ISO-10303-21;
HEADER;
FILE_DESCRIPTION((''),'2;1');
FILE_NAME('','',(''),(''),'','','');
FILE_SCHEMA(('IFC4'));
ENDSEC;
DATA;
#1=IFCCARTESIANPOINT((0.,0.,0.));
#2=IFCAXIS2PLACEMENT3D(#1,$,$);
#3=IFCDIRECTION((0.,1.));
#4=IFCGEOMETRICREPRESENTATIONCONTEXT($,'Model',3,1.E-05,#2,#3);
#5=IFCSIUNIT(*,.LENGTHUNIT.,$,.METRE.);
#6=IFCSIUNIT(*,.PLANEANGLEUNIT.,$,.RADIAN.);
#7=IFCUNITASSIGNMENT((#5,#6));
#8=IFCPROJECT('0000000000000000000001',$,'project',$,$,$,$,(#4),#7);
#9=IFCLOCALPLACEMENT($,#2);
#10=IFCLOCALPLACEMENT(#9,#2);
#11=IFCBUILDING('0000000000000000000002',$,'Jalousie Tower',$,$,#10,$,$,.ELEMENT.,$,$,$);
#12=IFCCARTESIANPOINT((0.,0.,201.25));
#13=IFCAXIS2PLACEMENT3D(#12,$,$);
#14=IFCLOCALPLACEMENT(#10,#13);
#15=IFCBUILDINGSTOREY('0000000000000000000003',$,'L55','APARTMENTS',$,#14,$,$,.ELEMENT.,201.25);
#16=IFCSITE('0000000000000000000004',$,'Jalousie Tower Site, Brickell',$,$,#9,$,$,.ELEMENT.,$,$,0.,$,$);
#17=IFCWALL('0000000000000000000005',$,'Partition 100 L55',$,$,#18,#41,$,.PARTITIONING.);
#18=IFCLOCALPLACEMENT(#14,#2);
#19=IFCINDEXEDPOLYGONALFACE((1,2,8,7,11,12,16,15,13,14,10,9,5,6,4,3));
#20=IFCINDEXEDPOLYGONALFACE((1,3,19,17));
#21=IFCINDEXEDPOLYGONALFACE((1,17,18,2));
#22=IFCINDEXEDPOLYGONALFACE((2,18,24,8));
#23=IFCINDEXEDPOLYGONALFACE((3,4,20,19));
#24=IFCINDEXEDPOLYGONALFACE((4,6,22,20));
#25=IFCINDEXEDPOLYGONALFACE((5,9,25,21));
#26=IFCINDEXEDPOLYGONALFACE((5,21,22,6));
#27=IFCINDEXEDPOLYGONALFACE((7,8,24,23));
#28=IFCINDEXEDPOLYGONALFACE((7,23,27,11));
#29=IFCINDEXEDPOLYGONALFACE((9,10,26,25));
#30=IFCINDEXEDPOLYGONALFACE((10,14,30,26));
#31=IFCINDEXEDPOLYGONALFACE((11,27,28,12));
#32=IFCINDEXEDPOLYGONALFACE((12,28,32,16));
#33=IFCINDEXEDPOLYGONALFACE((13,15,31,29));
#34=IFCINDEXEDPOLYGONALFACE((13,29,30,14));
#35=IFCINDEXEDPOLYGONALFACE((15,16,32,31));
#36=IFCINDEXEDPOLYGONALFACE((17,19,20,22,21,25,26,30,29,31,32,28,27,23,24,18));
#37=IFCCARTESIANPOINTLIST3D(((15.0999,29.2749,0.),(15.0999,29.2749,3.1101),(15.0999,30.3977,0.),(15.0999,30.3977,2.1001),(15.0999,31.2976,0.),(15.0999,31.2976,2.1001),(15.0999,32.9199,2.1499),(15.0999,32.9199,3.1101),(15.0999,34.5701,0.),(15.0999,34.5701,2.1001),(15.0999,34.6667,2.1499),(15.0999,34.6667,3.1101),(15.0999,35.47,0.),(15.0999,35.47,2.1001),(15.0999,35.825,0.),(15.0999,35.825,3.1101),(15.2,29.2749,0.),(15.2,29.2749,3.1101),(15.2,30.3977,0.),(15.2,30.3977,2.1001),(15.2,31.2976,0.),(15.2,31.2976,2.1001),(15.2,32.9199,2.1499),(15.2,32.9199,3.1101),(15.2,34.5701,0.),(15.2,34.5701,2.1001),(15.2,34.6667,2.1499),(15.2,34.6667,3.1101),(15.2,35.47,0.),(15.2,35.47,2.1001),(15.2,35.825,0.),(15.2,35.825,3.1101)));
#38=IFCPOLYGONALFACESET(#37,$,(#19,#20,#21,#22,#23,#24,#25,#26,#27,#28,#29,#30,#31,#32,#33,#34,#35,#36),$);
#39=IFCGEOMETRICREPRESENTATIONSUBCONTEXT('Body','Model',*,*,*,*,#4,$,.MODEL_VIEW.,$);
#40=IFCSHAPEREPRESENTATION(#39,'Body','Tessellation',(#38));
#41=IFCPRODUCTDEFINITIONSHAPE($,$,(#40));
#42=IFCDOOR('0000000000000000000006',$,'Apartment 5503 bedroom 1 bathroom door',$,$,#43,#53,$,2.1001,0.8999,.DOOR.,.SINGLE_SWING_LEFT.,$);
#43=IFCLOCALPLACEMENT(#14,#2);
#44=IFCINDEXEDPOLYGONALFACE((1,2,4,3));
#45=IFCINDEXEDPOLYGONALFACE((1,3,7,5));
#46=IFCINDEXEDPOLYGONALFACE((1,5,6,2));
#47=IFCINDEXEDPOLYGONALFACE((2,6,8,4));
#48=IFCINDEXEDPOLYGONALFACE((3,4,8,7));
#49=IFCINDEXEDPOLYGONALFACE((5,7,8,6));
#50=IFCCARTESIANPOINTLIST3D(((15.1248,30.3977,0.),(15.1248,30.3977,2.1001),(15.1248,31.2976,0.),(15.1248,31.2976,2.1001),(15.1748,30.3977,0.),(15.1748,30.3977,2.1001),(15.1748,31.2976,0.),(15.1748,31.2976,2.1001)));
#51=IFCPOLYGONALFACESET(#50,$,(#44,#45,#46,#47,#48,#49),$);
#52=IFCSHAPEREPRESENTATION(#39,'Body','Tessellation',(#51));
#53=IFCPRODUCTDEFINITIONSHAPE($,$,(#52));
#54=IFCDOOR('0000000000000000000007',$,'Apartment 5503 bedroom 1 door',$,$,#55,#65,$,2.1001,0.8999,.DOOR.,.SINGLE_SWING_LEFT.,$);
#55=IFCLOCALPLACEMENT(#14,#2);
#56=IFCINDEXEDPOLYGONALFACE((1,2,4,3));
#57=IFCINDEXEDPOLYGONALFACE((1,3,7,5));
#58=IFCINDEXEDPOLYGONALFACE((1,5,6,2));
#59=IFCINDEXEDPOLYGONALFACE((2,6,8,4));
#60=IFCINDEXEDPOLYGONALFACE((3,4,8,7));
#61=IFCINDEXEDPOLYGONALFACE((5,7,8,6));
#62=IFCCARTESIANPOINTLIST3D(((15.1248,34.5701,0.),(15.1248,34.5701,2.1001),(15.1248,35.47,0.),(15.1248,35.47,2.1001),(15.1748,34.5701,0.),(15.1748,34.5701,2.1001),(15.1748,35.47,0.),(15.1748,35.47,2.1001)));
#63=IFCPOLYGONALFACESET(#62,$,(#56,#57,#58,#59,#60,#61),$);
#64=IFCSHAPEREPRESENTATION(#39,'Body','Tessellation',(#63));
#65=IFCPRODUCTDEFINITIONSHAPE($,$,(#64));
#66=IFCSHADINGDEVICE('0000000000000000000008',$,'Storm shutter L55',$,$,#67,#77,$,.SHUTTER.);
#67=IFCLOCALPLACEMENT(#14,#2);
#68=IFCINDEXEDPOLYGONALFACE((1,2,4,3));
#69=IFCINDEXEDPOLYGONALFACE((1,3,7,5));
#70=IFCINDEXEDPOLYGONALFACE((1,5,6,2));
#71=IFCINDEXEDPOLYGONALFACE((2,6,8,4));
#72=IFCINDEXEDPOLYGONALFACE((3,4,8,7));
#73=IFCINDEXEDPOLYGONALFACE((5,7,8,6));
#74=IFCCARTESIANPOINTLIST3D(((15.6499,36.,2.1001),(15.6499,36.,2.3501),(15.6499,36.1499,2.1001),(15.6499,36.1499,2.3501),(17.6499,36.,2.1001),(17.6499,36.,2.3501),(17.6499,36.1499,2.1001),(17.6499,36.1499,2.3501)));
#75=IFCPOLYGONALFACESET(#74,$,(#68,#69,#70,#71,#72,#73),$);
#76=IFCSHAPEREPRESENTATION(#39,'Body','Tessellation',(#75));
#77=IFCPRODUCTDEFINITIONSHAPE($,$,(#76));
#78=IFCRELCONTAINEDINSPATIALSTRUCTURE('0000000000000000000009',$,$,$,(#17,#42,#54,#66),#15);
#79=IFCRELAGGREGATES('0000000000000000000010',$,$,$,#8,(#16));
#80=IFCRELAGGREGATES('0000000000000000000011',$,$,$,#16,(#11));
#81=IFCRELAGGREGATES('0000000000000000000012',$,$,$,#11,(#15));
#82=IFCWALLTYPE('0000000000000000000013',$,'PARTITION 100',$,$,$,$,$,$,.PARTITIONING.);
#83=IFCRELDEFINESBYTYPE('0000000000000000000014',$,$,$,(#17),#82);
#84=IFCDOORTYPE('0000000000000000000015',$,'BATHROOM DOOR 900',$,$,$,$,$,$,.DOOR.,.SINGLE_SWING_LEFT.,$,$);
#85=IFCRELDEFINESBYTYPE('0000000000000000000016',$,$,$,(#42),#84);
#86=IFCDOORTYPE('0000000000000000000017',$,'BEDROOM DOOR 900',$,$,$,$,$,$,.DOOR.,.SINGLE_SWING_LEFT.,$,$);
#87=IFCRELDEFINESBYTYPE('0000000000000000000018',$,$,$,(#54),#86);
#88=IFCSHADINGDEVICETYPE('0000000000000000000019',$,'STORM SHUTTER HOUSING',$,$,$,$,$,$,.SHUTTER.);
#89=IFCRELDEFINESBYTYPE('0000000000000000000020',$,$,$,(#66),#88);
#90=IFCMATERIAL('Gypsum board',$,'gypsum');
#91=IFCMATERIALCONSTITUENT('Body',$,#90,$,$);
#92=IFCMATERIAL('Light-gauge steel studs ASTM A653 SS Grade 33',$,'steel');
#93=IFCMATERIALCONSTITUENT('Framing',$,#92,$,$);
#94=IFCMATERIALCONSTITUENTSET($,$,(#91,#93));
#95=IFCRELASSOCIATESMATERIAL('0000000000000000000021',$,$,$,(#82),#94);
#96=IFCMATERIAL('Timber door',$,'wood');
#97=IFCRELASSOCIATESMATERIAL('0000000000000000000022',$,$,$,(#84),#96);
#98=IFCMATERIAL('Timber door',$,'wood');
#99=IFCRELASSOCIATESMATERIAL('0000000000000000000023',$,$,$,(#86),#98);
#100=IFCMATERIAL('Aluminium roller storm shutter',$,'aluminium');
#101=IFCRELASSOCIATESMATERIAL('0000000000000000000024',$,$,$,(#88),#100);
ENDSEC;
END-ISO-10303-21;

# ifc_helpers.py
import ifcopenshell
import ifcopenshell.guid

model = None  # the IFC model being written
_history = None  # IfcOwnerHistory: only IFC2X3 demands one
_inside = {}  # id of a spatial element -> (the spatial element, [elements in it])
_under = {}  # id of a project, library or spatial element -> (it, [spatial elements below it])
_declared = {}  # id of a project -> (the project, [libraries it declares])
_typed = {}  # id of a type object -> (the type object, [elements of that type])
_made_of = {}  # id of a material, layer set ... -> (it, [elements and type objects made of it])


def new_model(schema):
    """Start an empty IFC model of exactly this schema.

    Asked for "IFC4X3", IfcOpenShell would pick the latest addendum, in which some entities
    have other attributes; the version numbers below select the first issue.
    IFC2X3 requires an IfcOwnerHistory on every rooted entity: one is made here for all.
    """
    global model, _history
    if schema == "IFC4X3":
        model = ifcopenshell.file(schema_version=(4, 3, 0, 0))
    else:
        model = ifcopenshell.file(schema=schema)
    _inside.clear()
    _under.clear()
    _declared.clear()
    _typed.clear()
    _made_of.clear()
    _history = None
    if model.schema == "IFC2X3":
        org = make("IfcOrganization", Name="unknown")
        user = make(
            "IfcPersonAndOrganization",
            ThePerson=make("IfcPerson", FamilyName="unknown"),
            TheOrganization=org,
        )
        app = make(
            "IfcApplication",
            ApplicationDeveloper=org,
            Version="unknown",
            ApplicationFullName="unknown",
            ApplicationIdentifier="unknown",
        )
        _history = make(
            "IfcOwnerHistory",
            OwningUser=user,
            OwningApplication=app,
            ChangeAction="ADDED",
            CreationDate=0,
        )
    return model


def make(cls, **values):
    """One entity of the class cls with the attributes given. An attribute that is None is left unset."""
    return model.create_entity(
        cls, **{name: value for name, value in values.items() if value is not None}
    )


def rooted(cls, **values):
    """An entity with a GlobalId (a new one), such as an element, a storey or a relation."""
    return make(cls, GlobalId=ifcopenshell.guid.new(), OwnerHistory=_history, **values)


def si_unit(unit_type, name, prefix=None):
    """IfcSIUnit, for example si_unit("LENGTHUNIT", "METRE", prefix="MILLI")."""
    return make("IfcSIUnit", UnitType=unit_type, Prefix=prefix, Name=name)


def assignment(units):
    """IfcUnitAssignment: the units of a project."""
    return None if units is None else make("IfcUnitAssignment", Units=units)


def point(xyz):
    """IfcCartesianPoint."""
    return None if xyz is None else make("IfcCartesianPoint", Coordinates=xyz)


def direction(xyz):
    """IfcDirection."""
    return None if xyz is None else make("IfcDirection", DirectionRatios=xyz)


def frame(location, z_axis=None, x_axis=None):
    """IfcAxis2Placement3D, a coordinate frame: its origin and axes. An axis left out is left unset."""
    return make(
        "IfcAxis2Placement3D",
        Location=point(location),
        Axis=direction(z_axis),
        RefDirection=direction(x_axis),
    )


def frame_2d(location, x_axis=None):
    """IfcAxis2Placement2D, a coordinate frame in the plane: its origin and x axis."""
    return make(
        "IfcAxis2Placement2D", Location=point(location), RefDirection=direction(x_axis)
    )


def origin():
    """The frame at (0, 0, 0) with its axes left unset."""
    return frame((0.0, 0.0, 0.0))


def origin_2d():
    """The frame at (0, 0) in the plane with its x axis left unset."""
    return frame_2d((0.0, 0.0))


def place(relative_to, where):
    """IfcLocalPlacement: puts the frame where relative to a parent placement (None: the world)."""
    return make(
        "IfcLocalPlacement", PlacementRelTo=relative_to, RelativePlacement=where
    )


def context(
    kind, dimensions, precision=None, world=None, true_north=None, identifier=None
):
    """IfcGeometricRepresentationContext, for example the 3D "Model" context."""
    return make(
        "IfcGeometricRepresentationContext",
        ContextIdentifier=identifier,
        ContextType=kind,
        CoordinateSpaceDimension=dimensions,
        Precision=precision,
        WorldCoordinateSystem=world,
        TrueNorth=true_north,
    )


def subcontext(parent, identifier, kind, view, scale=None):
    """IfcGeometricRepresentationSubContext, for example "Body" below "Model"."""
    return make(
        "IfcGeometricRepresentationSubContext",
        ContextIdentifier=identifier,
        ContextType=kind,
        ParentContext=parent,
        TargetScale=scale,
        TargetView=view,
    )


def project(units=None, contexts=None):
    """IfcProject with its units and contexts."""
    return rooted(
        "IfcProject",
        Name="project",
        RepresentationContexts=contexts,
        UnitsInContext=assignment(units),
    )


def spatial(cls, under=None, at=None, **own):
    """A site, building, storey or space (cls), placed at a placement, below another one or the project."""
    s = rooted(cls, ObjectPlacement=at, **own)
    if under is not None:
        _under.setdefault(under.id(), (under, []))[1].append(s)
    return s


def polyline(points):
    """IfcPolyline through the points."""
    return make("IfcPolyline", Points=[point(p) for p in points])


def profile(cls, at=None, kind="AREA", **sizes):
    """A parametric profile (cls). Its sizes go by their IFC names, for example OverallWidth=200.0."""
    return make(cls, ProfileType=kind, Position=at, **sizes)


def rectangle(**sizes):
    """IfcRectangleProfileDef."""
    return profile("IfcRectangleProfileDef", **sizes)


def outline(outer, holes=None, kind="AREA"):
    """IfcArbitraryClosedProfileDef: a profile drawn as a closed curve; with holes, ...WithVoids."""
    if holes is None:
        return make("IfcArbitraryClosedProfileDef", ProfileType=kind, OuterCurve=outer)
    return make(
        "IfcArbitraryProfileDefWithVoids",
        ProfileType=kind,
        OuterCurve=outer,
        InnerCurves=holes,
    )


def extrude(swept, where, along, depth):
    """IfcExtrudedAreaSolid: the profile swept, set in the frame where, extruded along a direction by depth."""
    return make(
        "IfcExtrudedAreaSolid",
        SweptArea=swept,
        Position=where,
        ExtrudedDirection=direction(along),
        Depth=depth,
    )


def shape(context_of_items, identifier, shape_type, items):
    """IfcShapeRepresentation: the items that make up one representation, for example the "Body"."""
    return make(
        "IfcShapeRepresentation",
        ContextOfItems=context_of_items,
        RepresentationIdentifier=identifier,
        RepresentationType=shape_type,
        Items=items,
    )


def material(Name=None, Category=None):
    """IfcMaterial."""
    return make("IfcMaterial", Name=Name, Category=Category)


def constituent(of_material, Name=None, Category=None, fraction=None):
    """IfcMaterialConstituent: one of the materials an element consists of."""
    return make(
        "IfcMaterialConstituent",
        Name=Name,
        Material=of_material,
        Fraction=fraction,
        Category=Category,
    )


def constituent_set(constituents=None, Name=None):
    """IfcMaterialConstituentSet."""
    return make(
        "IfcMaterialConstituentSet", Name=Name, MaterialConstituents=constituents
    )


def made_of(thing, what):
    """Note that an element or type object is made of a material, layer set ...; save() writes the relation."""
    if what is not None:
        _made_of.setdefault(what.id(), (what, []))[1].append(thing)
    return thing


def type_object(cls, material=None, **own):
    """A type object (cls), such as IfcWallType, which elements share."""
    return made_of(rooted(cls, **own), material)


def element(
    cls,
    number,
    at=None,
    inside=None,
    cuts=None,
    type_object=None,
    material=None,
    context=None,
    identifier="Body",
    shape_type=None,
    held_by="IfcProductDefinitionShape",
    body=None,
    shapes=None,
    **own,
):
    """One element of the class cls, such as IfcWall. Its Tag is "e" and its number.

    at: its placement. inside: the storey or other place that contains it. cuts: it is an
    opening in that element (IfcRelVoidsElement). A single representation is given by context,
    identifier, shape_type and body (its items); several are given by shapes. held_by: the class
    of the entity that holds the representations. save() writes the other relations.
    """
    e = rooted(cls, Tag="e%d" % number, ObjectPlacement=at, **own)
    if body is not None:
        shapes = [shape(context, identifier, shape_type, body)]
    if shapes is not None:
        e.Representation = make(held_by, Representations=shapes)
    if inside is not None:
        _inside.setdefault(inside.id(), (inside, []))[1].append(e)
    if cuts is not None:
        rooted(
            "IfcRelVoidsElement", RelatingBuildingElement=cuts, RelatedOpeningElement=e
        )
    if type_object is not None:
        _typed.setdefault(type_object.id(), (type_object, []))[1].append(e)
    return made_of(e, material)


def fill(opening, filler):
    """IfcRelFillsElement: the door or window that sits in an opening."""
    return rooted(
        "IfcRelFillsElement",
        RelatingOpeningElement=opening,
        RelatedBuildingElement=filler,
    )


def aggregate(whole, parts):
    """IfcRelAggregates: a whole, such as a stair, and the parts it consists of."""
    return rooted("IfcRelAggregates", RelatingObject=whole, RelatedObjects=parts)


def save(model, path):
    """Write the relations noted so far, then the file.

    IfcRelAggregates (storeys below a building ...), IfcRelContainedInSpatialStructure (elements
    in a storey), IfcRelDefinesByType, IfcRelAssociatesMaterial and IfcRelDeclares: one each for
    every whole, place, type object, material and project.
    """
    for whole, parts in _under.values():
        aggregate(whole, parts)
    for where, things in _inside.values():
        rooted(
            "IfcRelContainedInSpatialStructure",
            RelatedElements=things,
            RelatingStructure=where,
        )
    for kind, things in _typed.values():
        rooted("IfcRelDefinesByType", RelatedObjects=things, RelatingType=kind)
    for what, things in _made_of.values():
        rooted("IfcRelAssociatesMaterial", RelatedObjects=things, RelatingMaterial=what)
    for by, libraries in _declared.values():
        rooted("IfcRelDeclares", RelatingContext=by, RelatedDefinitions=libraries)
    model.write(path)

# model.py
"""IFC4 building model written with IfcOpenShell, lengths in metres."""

from ifc_helpers import new_model, si_unit, direction, frame, frame_2d, origin, origin_2d, place, context, subcontext, project, spatial, polyline, rectangle, outline, extrude, material, constituent, constituent_set, type_object, element, fill, save


model = new_model("IFC4")

# Units and contexts
model_context = context("Model", 3, precision=1e-05, world=origin(), true_north=direction((0.0, 1.0)))
body_context = subcontext(model_context, "Body", "Model", "MODEL_VIEW")
ifc_project = project(units=[si_unit("LENGTHUNIT", "METRE"), si_unit("PLANEANGLEUNIT", "RADIAN")], contexts=[model_context])

# Site, building, storey
site_placement = place(None, origin())
site = spatial("IfcSite", under=ifc_project, at=site_placement, Name="Jalousie Tower Site, Brickell", CompositionType="ELEMENT", RefElevation=0.0)
building_placement = place(site_placement, origin())
building = spatial("IfcBuilding", under=site, at=building_placement, Name="Jalousie Tower", CompositionType="ELEMENT")
storey_placement = place(building_placement, frame((0.0, 0.0, 201.25)))
storey = spatial("IfcBuildingStorey", under=building, at=storey_placement, Name="L55", Description="APARTMENTS", CompositionType="ELEMENT", Elevation=201.25)

# Wall, openings, doors
ifc_material_1 = material(Name="Gypsum board", Category="gypsum")
ifc_constituent_1 = constituent(ifc_material_1, Name="Body")
ifc_material_2 = material(Name="Light-gauge steel studs ASTM A653 SS Grade 33", Category="steel")
ifc_constituent_2 = constituent(ifc_material_2, Name="Framing")
ifc_constituent_set = constituent_set(constituents=[ifc_constituent_1, ifc_constituent_2])
wall_type = type_object("IfcWallType", Name="PARTITION 100", PredefinedType="PARTITIONING", material=ifc_constituent_set)
wall_placement = place(storey_placement, frame((15.1499, 35.825, 0.0), z_axis=(0.0, 0.0, 1.0), x_axis=(0.0, -1.0, 0.0)))
wall = element("IfcWall", 1, at=wall_placement, inside=storey, type_object=wall_type, Name="Partition 100 L55", PredefinedType="PARTITIONING", context=body_context, shape_type="SweptSolid", body=[
    extrude(outline(polyline([(0.0, 0.0), (6.55, 0.0), (6.55, 3.1101), (2.905, 3.1101), (2.905, 2.1499), (1.1582, 2.1499), (1.1582, 3.1101), (0.0, 3.1101), (0.0, 0.0)])), frame((0.0, 0.05, 0.0), z_axis=(0.0, -1.0, 0.0), x_axis=(1.0, 0.0, 0.0)), (0.0, 0.0, 1.0), 0.1001),
])
opening_1_placement = place(wall_placement, frame((0.355, 0.0, 0.0)))
opening_1 = element("IfcOpeningElement", 2, at=opening_1_placement, cuts=wall, PredefinedType="OPENING", context=body_context, shape_type="SweptSolid", body=[
    extrude(rectangle(XDim=0.8999, YDim=2.1001, at=frame_2d((0.45, 1.05))), frame((0.0, 0.0601, 0.0), z_axis=(0.0, -1.0, 0.0), x_axis=(1.0, 0.0, 0.0)), (0.0, 0.0, 1.0), 0.1201),
])
opening_2_placement = place(wall_placement, frame((4.5273, 0.0, 0.0)))
opening_2 = element("IfcOpeningElement", 3, at=opening_2_placement, cuts=wall, PredefinedType="OPENING", context=body_context, shape_type="SweptSolid", body=[
    extrude(rectangle(XDim=0.8999, YDim=2.1001, at=frame_2d((0.45, 1.05))), frame((0.0, 0.0601, 0.0), z_axis=(0.0, -1.0, 0.0), x_axis=(1.0, 0.0, 0.0)), (0.0, 0.0, 1.0), 0.1201),
])
ifc_material_3 = material(Name="Timber door", Category="wood")
door_type_1 = type_object("IfcDoorType", Name="BATHROOM DOOR 900", OperationType="SINGLE_SWING_LEFT", PredefinedType="DOOR", material=ifc_material_3)
door_1_placement = place(opening_2_placement, origin())
door_1 = element("IfcDoor", 4, at=door_1_placement, inside=storey, type_object=door_type_1, Name="Apartment 5503 bedroom 1 bathroom door", OperationType="SINGLE_SWING_LEFT", OverallHeight=2.1001, OverallWidth=0.8999, PredefinedType="DOOR", context=body_context, shape_type="SweptSolid", body=[
    extrude(rectangle(XDim=0.8999, YDim=2.1001, at=frame_2d((0.45, 1.05))), frame((0.0, 0.0249, 0.0), z_axis=(0.0, -1.0, 0.0), x_axis=(1.0, 0.0, 0.0)), (0.0, 0.0, 1.0), 0.05),
])
fill(opening_2, door_1)
ifc_material_4 = material(Name="Timber door", Category="wood")
door_type_2 = type_object("IfcDoorType", Name="BEDROOM DOOR 900", OperationType="SINGLE_SWING_LEFT", PredefinedType="DOOR", material=ifc_material_4)
door_2_placement = place(opening_1_placement, origin())
door_2 = element("IfcDoor", 5, at=door_2_placement, inside=storey, type_object=door_type_2, Name="Apartment 5503 bedroom 1 door", OperationType="SINGLE_SWING_LEFT", OverallHeight=2.1001, OverallWidth=0.8999, PredefinedType="DOOR", context=body_context, shape_type="SweptSolid", body=[
    extrude(rectangle(XDim=0.8999, YDim=2.1001, at=frame_2d((0.45, 1.05))), frame((0.0, 0.0249, 0.0), z_axis=(0.0, -1.0, 0.0), x_axis=(1.0, 0.0, 0.0)), (0.0, 0.0, 1.0), 0.05),
])
fill(opening_1, door_2)

# Shading device
ifc_material_5 = material(Name="Aluminium roller storm shutter", Category="aluminium")
shading_device_type = type_object("IfcShadingDeviceType", Name="STORM SHUTTER HOUSING", PredefinedType="SHUTTER", material=ifc_material_5)
shading_device_placement = place(storey_placement, frame((16.6499, 36.075, 2.1001), z_axis=(0.0, 0.0, 1.0), x_axis=(-1.0, 0.0, 0.0)))
element("IfcShadingDevice", 6, at=shading_device_placement, inside=storey, type_object=shading_device_type, Name="Storm shutter L55", PredefinedType="SHUTTER", context=body_context, shape_type="SweptSolid", body=[
    extrude(rectangle(XDim=2.0, YDim=0.1499, at=origin_2d()), origin(), (0.0, 0.0, 1.0), 0.25),
])

save(model, "model.ifc")
